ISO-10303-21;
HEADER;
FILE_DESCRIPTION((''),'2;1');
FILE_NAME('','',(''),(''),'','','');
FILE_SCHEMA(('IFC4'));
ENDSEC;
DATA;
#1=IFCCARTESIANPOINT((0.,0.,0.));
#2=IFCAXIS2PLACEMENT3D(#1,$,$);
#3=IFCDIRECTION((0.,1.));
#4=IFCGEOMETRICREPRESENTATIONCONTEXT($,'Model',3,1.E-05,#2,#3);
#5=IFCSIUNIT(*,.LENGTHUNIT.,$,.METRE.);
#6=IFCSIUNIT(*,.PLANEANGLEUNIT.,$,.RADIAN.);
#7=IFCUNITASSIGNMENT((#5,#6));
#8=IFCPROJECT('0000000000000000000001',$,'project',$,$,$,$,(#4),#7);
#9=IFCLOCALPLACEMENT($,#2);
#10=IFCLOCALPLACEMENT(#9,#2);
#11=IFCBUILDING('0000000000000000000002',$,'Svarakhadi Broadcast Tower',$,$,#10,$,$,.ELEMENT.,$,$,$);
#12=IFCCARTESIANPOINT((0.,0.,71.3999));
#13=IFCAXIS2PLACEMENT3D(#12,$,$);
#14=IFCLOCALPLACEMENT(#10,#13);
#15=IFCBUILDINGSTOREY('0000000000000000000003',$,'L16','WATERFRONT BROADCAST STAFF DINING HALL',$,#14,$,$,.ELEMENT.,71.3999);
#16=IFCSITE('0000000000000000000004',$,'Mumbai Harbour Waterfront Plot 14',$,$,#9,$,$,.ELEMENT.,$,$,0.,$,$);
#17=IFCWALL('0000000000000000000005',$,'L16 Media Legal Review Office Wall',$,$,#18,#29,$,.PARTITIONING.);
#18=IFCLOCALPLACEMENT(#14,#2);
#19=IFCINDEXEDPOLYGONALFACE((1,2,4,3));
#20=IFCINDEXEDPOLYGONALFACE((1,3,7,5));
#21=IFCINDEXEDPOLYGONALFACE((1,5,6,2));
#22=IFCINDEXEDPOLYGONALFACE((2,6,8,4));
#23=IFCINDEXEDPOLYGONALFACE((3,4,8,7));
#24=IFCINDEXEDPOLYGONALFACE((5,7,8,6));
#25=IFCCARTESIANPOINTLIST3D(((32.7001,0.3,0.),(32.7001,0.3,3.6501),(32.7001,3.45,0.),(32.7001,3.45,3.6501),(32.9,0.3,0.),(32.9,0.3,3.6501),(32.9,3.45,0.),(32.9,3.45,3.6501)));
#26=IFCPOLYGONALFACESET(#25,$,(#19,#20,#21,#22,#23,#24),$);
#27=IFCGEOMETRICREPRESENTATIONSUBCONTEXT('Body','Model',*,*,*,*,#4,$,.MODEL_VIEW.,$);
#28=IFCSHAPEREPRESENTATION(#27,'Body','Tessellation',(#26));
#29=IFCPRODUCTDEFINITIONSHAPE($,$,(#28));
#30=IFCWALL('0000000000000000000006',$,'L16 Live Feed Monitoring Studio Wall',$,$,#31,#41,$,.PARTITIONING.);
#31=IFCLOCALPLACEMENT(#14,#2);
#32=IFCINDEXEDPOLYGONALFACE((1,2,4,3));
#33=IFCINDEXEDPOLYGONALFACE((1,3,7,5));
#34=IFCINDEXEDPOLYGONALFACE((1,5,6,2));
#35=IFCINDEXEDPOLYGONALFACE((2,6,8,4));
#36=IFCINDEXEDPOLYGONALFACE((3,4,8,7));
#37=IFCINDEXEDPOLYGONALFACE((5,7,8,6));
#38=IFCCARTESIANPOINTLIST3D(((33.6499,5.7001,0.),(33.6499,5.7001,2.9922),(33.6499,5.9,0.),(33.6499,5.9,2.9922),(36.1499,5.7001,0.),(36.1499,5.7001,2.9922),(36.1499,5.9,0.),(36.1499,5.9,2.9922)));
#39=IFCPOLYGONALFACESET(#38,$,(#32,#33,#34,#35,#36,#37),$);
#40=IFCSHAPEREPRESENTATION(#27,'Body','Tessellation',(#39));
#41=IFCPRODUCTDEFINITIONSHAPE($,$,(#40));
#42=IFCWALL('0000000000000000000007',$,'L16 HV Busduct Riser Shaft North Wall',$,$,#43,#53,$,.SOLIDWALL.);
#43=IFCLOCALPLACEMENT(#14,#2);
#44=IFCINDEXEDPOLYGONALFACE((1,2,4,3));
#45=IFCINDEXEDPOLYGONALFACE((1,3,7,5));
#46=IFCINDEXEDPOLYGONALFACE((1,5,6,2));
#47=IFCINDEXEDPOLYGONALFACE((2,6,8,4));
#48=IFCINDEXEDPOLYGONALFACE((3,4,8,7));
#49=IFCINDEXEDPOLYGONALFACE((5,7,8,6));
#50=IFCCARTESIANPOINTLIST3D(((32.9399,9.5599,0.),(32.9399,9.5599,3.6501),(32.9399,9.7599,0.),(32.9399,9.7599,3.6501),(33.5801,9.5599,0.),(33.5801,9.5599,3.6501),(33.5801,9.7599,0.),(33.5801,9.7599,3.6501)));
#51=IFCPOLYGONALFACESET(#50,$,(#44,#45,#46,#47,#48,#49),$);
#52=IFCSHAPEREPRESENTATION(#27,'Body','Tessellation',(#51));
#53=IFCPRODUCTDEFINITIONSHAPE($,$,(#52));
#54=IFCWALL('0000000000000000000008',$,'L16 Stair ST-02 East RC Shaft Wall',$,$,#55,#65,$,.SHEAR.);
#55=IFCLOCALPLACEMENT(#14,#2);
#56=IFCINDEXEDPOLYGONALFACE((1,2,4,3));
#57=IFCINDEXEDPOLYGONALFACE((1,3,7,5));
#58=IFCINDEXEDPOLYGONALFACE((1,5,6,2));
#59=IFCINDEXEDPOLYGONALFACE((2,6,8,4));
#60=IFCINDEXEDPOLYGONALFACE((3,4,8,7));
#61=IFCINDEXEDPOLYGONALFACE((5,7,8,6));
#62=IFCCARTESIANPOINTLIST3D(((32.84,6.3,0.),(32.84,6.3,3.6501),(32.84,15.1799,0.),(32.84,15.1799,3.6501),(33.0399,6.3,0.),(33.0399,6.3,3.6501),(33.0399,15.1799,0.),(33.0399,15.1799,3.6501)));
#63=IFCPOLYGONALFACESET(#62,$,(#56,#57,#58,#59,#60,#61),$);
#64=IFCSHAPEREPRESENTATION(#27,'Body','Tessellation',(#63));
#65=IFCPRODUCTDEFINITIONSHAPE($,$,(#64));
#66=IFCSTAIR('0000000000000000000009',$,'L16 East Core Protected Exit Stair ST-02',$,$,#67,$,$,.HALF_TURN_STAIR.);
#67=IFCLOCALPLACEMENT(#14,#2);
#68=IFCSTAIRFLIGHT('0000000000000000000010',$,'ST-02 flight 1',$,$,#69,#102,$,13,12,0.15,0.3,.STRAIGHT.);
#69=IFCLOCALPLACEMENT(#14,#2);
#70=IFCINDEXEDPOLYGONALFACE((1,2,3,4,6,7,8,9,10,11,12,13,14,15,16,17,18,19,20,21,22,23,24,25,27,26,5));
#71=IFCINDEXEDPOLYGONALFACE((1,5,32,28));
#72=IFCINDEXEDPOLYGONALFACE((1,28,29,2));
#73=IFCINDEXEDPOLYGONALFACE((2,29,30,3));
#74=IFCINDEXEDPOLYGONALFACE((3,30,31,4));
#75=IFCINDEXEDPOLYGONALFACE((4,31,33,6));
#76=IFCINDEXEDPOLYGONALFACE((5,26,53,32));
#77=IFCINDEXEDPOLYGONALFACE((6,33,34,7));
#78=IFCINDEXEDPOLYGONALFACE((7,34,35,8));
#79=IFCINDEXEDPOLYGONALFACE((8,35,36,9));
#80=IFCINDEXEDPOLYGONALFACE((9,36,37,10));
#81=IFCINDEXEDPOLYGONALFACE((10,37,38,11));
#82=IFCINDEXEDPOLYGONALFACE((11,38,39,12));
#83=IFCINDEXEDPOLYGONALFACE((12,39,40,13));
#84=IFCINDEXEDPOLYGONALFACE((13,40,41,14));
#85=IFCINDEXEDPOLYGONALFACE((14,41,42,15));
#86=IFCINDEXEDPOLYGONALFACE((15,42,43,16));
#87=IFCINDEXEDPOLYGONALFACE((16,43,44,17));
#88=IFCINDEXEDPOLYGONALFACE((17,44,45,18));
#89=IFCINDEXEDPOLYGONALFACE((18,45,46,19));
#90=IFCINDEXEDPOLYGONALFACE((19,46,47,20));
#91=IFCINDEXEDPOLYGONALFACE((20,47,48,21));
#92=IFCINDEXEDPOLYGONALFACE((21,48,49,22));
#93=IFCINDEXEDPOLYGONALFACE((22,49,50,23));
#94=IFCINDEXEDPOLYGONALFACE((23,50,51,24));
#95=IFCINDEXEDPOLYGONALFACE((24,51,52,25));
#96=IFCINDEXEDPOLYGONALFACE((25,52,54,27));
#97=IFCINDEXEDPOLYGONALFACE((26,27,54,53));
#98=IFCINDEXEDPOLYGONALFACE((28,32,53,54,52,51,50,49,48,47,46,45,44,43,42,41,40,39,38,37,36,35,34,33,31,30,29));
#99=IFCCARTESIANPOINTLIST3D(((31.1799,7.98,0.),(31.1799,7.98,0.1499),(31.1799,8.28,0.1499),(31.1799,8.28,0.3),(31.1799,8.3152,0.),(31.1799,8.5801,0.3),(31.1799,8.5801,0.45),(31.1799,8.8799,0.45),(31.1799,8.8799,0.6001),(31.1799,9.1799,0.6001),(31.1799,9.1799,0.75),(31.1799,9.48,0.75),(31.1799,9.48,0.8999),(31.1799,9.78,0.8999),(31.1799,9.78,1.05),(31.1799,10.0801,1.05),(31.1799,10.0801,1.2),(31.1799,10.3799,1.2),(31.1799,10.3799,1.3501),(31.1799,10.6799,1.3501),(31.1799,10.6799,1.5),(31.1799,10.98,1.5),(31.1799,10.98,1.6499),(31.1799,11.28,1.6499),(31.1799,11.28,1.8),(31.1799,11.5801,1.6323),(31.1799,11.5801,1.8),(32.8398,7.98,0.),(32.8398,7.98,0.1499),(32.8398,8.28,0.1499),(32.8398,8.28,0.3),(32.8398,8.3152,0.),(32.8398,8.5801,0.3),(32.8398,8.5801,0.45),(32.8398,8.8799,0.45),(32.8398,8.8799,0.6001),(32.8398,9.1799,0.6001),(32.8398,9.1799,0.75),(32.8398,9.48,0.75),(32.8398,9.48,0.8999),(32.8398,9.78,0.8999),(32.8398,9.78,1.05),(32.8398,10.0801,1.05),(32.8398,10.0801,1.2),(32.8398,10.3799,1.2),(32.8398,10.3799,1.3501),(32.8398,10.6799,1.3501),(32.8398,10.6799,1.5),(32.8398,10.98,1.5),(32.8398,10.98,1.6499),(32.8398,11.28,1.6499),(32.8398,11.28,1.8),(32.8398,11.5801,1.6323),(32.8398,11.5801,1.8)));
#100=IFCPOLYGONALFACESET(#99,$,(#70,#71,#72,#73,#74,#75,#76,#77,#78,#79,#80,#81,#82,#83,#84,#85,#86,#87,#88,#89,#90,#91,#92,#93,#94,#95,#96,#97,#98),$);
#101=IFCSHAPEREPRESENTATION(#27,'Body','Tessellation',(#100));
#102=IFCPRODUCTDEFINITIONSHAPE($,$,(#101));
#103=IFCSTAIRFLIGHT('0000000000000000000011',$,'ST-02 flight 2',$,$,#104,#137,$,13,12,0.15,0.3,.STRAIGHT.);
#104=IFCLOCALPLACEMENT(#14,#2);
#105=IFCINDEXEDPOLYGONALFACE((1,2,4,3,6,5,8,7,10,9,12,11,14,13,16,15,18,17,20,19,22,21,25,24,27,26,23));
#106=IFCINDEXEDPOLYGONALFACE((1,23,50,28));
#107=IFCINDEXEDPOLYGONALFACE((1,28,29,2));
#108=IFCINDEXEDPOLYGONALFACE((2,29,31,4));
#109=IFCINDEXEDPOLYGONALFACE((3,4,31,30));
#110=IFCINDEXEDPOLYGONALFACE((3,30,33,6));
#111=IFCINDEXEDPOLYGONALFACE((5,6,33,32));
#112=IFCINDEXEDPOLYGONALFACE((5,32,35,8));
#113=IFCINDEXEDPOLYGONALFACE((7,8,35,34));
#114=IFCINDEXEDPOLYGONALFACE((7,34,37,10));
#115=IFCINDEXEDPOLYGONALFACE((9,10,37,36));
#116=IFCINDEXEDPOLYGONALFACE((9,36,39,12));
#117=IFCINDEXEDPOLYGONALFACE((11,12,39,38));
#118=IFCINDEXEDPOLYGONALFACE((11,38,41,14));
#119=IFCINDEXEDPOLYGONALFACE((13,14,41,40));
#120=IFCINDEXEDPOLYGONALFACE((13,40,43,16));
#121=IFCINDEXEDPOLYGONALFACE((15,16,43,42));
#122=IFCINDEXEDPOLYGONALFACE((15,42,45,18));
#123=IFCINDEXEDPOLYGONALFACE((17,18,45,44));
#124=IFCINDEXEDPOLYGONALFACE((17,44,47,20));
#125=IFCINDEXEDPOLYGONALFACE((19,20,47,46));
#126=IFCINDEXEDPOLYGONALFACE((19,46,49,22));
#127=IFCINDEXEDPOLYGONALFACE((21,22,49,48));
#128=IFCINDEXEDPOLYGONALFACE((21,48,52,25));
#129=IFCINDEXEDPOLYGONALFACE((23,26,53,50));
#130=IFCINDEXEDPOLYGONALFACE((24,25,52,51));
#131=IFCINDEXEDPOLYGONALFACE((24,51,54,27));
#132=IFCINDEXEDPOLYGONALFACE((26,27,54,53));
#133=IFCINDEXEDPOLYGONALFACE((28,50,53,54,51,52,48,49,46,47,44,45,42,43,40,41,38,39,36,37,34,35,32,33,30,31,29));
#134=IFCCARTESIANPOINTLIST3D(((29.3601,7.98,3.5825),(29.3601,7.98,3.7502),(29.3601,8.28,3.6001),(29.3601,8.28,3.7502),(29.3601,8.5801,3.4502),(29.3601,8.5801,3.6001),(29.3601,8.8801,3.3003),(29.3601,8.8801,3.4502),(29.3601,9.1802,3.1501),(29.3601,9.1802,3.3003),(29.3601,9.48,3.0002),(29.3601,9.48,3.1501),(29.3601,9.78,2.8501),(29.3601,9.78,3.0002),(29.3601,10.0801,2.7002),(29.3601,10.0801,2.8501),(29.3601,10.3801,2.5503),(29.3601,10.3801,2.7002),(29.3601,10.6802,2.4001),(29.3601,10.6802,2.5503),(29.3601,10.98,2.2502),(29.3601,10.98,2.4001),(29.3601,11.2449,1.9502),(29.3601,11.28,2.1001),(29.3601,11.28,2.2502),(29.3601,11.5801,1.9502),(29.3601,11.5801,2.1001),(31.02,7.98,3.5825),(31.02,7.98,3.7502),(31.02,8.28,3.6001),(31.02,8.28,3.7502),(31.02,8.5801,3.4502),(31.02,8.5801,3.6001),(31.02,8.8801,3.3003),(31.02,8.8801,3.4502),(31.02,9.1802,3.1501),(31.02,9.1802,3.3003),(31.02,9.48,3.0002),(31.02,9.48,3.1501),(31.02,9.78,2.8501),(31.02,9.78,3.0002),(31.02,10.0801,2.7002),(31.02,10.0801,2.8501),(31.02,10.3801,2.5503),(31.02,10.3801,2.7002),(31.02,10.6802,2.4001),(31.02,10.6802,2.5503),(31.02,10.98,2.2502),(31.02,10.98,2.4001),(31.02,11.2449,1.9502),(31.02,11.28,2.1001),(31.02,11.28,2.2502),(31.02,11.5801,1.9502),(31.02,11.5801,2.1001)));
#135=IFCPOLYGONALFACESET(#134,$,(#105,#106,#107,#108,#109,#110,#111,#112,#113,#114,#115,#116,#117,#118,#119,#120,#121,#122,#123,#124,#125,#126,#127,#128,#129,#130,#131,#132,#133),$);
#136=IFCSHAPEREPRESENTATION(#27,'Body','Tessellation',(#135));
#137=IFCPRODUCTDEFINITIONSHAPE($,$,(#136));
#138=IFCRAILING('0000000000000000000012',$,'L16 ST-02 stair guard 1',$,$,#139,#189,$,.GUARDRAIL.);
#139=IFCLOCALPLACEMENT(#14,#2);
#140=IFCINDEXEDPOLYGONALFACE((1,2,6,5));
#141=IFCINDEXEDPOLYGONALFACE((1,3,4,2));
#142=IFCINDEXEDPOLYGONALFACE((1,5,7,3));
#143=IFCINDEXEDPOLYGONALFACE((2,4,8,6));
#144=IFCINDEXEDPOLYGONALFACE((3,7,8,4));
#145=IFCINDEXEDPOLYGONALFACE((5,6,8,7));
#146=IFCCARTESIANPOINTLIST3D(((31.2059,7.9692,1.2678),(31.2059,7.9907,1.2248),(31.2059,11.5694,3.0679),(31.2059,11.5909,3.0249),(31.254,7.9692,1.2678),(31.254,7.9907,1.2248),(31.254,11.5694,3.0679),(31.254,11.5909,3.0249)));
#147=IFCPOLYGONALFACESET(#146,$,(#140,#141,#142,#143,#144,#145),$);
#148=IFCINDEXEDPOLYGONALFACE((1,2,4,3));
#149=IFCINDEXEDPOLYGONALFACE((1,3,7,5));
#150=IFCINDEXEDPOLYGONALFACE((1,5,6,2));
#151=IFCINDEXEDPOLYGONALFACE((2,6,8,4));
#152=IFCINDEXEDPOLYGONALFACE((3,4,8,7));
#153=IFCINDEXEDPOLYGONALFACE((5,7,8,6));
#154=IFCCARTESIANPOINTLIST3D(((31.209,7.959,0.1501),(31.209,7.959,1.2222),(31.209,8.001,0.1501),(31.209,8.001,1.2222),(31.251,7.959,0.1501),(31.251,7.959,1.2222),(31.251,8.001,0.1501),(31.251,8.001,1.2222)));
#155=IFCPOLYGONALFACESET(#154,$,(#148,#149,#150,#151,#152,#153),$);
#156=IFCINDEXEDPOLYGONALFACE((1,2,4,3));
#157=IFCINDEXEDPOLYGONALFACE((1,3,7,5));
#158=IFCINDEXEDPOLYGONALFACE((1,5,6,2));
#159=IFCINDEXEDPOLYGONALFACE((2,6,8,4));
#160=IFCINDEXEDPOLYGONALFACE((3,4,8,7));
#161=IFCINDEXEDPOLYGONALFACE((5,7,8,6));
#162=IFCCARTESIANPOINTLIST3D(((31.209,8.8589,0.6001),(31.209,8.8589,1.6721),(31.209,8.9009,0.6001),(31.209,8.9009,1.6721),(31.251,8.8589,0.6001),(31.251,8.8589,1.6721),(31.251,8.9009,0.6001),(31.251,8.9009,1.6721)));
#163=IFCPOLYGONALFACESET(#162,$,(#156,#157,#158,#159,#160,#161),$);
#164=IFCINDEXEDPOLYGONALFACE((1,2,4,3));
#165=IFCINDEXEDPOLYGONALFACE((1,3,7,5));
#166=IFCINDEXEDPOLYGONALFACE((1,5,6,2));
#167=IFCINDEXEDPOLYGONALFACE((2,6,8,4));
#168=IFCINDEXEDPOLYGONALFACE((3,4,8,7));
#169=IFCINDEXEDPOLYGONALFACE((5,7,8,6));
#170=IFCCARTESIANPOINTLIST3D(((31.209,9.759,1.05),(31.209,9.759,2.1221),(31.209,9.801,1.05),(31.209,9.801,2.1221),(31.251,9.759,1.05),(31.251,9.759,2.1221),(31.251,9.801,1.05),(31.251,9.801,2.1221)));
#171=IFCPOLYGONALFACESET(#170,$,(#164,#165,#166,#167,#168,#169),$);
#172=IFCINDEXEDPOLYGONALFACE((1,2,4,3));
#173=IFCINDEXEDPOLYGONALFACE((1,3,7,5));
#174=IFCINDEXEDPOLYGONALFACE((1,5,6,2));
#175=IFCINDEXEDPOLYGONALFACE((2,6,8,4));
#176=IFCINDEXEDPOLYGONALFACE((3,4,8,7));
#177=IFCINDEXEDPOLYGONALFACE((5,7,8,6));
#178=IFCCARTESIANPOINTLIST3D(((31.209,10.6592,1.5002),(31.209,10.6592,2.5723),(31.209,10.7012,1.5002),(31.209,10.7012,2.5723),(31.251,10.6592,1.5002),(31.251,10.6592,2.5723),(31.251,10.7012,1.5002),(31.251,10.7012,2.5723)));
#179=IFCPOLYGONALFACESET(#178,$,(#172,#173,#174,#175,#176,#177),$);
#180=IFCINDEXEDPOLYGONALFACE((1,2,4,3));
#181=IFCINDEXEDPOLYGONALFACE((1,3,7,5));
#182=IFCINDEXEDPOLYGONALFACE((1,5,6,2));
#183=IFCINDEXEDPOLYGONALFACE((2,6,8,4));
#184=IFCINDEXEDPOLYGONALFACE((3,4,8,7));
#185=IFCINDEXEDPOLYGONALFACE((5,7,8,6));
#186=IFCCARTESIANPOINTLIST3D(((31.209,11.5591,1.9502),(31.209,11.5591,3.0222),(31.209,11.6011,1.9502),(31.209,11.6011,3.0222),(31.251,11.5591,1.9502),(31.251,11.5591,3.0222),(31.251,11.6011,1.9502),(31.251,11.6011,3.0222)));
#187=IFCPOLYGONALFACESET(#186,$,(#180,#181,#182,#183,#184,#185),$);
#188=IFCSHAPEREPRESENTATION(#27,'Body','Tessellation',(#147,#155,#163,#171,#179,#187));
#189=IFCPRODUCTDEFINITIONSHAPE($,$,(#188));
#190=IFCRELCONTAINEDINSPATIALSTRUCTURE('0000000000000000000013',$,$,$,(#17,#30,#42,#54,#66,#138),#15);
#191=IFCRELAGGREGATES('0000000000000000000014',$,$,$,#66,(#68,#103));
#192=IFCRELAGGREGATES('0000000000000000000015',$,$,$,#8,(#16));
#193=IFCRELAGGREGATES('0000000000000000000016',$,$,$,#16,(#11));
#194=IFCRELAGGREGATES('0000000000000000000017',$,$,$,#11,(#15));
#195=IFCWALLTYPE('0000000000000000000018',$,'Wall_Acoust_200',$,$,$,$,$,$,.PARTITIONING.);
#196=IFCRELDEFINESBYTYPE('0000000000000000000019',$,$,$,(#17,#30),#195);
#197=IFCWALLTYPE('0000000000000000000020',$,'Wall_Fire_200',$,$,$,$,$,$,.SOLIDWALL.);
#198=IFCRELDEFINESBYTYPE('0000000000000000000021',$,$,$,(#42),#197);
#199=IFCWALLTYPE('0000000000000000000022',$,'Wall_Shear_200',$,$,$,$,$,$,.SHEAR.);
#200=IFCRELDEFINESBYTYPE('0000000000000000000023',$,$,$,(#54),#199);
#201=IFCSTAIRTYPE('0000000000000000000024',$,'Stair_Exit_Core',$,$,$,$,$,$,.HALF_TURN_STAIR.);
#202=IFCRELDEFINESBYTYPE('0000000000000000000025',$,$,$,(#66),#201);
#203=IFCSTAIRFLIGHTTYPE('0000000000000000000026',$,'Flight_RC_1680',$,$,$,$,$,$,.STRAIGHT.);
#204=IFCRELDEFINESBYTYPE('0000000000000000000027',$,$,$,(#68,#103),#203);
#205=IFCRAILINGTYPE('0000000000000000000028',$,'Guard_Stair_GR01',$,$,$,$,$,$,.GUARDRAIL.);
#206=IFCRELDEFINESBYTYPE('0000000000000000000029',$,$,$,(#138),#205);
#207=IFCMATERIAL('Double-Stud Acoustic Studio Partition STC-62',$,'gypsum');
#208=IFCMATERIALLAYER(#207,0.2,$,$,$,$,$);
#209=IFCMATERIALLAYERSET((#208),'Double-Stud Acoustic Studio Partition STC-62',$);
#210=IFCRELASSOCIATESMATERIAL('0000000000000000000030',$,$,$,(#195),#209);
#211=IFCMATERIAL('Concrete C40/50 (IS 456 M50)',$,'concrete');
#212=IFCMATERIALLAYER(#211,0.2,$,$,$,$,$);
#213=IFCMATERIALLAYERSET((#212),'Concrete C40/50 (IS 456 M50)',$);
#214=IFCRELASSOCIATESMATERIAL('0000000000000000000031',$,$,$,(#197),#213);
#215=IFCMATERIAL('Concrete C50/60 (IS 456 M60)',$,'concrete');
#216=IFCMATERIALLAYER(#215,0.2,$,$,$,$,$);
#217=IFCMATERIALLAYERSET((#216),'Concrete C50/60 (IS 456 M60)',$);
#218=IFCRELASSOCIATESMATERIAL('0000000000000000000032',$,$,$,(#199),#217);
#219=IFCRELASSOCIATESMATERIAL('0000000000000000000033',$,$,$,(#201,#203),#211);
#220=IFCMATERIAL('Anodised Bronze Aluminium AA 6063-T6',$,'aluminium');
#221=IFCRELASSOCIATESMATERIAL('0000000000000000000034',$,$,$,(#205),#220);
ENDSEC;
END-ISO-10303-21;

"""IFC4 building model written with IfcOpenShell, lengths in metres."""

from ifc_helpers import new_model, si_unit, direction, frame, frame_2d, origin, origin_2d, place, context, subcontext, project, spatial, polyline, rectangle, outline, extrude, material, layer, layer_set, type_object, element, aggregate, save


model = new_model("IFC4")

# Units and contexts
model_context = context("Model", 3, precision=1e-05, world=origin(), true_north=direction((0.0, 1.0)))
body_context = subcontext(model_context, "Body", "Model", "MODEL_VIEW")
ifc_project = project(units=[si_unit("LENGTHUNIT", "METRE"), si_unit("PLANEANGLEUNIT", "RADIAN")], contexts=[model_context])

# Site, building, storey
site_placement = place(None, origin())
site = spatial("IfcSite", under=ifc_project, at=site_placement, Name="Mumbai Harbour Waterfront Plot 14", CompositionType="ELEMENT", RefElevation=0.0)
building_placement = place(site_placement, origin())
building = spatial("IfcBuilding", under=site, at=building_placement, Name="Svarakhadi Broadcast Tower", CompositionType="ELEMENT")
storey_placement = place(building_placement, frame((0.0, 0.0, 71.3999)))
storey = spatial("IfcBuildingStorey", under=building, at=storey_placement, Name="L16", Description="WATERFRONT BROADCAST STAFF DINING HALL", CompositionType="ELEMENT", Elevation=71.3999)

# Shared definitions
ifc_material_1 = material(Name="Anodised Bronze Aluminium AA 6063-T6", Category="aluminium")

# Shared definitions
ifc_material_2 = material(Name="Concrete C50/60 (IS 456 M60)", Category="concrete")

# Walls
ifc_material_3 = material(Name="Double-Stud Acoustic Studio Partition STC-62", Category="gypsum")
ifc_layer_1 = layer(ifc_material_3, 0.2)
ifc_layer_set_1 = layer_set([ifc_layer_1], Name="Double-Stud Acoustic Studio Partition STC-62")
wall_type_1 = type_object("IfcWallType", Name="Wall_Acoust_200", PredefinedType="PARTITIONING", material=ifc_layer_set_1)
wall_1_placement = place(storey_placement, frame((32.8, 0.3, 0.0), z_axis=(0.0, 0.0, 1.0), x_axis=(0.0, 1.0, 0.0)))
element("IfcWall", 1, at=wall_1_placement, inside=storey, type_object=wall_type_1, Name="L16 Media Legal Review Office Wall", PredefinedType="PARTITIONING", context=body_context, shape_type="SweptSolid", body=[
    extrude(rectangle(XDim=3.1499, YDim=0.2, at=frame_2d((1.575, 0.0))), origin(), (0.0, 0.0, 1.0), 3.6501),
])
wall_2_placement = place(storey_placement, frame((33.6499, 5.8, 0.0), z_axis=(0.0, 0.0, 1.0), x_axis=(1.0, 0.0, 0.0)))
element("IfcWall", 2, at=wall_2_placement, inside=storey, type_object=wall_type_1, Name="L16 Live Feed Monitoring Studio Wall", PredefinedType="PARTITIONING", context=body_context, shape_type="SweptSolid", body=[
    extrude(rectangle(XDim=2.5, YDim=0.2, at=frame_2d((1.25, 0.0))), origin(), (0.0, 0.0, 1.0), 2.9922),
])
ifc_material_4 = material(Name="Concrete C40/50 (IS 456 M50)", Category="concrete")
ifc_layer_2 = layer(ifc_material_4, 0.2)
ifc_layer_set_2 = layer_set([ifc_layer_2], Name="Concrete C40/50 (IS 456 M50)")
wall_type_2 = type_object("IfcWallType", Name="Wall_Fire_200", PredefinedType="SOLIDWALL", material=ifc_layer_set_2)
wall_3_placement = place(storey_placement, frame((32.9399, 9.6599, 0.0), z_axis=(0.0, 0.0, 1.0), x_axis=(1.0, 0.0, 0.0)))
element("IfcWall", 3, at=wall_3_placement, inside=storey, type_object=wall_type_2, Name="L16 HV Busduct Riser Shaft North Wall", PredefinedType="SOLIDWALL", context=body_context, shape_type="SweptSolid", body=[
    extrude(rectangle(XDim=0.6401, YDim=0.2, at=frame_2d((0.3201, 0.0))), origin(), (0.0, 0.0, 1.0), 3.6501),
])
ifc_layer_3 = layer(ifc_material_2, 0.2)
ifc_layer_set_3 = layer_set([ifc_layer_3], Name="Concrete C50/60 (IS 456 M60)")
wall_type_3 = type_object("IfcWallType", Name="Wall_Shear_200", PredefinedType="SHEAR", material=ifc_layer_set_3)
wall_4_placement = place(storey_placement, frame((32.9399, 6.3, 0.0), z_axis=(0.0, 0.0, 1.0), x_axis=(0.0, 1.0, 0.0)))
element("IfcWall", 4, at=wall_4_placement, inside=storey, type_object=wall_type_3, Name="L16 Stair ST-02 East RC Shaft Wall", PredefinedType="SHEAR", context=body_context, shape_type="SweptSolid", body=[
    extrude(rectangle(XDim=8.8799, YDim=0.2, at=frame_2d((4.4399, 0.0))), origin(), (0.0, 0.0, 1.0), 3.6501),
])

# Stair, stair flights
stair_type = type_object("IfcStairType", Name="Stair_Exit_Core", PredefinedType="HALF_TURN_STAIR", material=ifc_material_4)
stair_placement = place(storey_placement, origin())
stair = element("IfcStair", 5, at=stair_placement, inside=storey, type_object=stair_type, Name="L16 East Core Protected Exit Stair ST-02", PredefinedType="HALF_TURN_STAIR")
stair_flight_type = type_object("IfcStairFlightType", Name="Flight_RC_1680", PredefinedType="STRAIGHT", material=ifc_material_4)
stair_flight_1_placement = place(storey_placement, frame((32.01, 7.98, 0.0), z_axis=(0.0, 0.0, 1.0), x_axis=(0.0, 1.0, 0.0)))
stair_flight_1 = element("IfcStairFlight", 6, at=stair_flight_1_placement, type_object=stair_flight_type, Name="ST-02 flight 1", NumberOfRisers=13, NumberOfTreads=12, PredefinedType="STRAIGHT", RiserHeight=0.15, TreadLength=0.3, context=body_context, shape_type="SweptSolid", body=[
    extrude(outline(polyline([(0.0, 0.0), (0.0, 0.1499), (0.3, 0.1499), (0.3, 0.3), (0.6001, 0.3), (0.6001, 0.45), (0.8999, 0.45), (0.8999, 0.6001), (1.2, 0.6001), (1.2, 0.75), (1.5, 0.75), (1.5, 0.8999), (1.8, 0.8999), (1.8, 1.05), (2.1001, 1.05), (2.1001, 1.2), (2.3999, 1.2), (2.3999, 1.3501), (2.7, 1.3501), (2.7, 1.5), (3.0, 1.5), (3.0, 1.6499), (3.3, 1.6499), (3.3, 1.8), (3.6001, 1.8), (3.6001, 1.95), (3.6001, 1.6323), (0.3352, 0.0), (0.0, 0.0)])), frame((0.0, 0.8301, 0.0), z_axis=(0.0, -1.0, 0.0), x_axis=(1.0, 0.0, 0.0)), (0.0, 0.0, 1.0), 1.6599),
])
stair_flight_2_placement = place(storey_placement, frame((30.1899, 11.5801, 1.9502), z_axis=(0.0, 0.0, 1.0), x_axis=(0.0, -1.0, 0.0)))
stair_flight_2 = element("IfcStairFlight", 7, at=stair_flight_2_placement, type_object=stair_flight_type, Name="ST-02 flight 2", NumberOfRisers=13, NumberOfTreads=12, PredefinedType="STRAIGHT", RiserHeight=0.15, TreadLength=0.3, context=body_context, shape_type="SweptSolid", body=[
    extrude(outline(polyline([(0.0, 0.0), (0.0, 0.1499), (0.3, 0.1499), (0.3, 0.3), (0.6001, 0.3), (0.6001, 0.45), (0.8999, 0.45), (0.8999, 0.6001), (1.2, 0.6001), (1.2, 0.75), (1.5, 0.75), (1.5, 0.8999), (1.8, 0.8999), (1.8, 1.05), (2.1001, 1.05), (2.1001, 1.2), (2.3999, 1.2), (2.3999, 1.3501), (2.7, 1.3501), (2.7, 1.5), (3.0, 1.5), (3.0, 1.6499), (3.3, 1.6499), (3.3, 1.8), (3.6001, 1.8), (3.6001, 1.95), (3.6001, 1.6323), (0.3352, 0.0), (0.0, 0.0)])), frame((0.0, 0.8301, 0.0), z_axis=(0.0, -1.0, 0.0), x_axis=(1.0, 0.0, 0.0)), (0.0, 0.0, 1.0), 1.6599),
])
aggregate(stair, [stair_flight_1, stair_flight_2])

# Railing
railing_type_1 = type_object("IfcRailingType", Name="Guard_Stair_GR01", PredefinedType="GUARDRAIL", material=ifc_material_1)
railing_1_placement = place(storey_placement, frame((31.23, 7.98, 0.1501)))
element("IfcRailing", 8, at=railing_1_placement, inside=storey, type_object=railing_type_1, Name="L16 ST-02 stair guard 1", PredefinedType="GUARDRAIL", context=body_context, shape_type="SweptSolid", body=[
    extrude(rectangle(XDim=0.0481, YDim=0.0481, at=origin_2d()), frame((0.0, 0.0, 1.0962), z_axis=(0.0, 0.894427, 0.447214), x_axis=(-1.0, 0.0, 0.0)), (0.0, 0.0, 1.0), 4.0251),
    extrude(rectangle(XDim=0.042, YDim=0.042, at=origin_2d()), origin(), (0.0, 0.0, 1.0), 1.072),
    extrude(rectangle(XDim=0.042, YDim=0.042, at=origin_2d()), frame((0.0, 0.8999, 0.45)), (0.0, 0.0, 1.0), 1.072),
    extrude(rectangle(XDim=0.042, YDim=0.042, at=origin_2d()), frame((0.0, 1.8, 0.8999)), (0.0, 0.0, 1.0), 1.072),
    extrude(rectangle(XDim=0.042, YDim=0.042, at=origin_2d()), frame((0.0, 2.7002, 1.3501)), (0.0, 0.0, 1.0), 1.072),
    extrude(rectangle(XDim=0.042, YDim=0.042, at=origin_2d()), frame((0.0, 3.6001, 1.8)), (0.0, 0.0, 1.0), 1.072),
])

save(model, "model.ifc")
